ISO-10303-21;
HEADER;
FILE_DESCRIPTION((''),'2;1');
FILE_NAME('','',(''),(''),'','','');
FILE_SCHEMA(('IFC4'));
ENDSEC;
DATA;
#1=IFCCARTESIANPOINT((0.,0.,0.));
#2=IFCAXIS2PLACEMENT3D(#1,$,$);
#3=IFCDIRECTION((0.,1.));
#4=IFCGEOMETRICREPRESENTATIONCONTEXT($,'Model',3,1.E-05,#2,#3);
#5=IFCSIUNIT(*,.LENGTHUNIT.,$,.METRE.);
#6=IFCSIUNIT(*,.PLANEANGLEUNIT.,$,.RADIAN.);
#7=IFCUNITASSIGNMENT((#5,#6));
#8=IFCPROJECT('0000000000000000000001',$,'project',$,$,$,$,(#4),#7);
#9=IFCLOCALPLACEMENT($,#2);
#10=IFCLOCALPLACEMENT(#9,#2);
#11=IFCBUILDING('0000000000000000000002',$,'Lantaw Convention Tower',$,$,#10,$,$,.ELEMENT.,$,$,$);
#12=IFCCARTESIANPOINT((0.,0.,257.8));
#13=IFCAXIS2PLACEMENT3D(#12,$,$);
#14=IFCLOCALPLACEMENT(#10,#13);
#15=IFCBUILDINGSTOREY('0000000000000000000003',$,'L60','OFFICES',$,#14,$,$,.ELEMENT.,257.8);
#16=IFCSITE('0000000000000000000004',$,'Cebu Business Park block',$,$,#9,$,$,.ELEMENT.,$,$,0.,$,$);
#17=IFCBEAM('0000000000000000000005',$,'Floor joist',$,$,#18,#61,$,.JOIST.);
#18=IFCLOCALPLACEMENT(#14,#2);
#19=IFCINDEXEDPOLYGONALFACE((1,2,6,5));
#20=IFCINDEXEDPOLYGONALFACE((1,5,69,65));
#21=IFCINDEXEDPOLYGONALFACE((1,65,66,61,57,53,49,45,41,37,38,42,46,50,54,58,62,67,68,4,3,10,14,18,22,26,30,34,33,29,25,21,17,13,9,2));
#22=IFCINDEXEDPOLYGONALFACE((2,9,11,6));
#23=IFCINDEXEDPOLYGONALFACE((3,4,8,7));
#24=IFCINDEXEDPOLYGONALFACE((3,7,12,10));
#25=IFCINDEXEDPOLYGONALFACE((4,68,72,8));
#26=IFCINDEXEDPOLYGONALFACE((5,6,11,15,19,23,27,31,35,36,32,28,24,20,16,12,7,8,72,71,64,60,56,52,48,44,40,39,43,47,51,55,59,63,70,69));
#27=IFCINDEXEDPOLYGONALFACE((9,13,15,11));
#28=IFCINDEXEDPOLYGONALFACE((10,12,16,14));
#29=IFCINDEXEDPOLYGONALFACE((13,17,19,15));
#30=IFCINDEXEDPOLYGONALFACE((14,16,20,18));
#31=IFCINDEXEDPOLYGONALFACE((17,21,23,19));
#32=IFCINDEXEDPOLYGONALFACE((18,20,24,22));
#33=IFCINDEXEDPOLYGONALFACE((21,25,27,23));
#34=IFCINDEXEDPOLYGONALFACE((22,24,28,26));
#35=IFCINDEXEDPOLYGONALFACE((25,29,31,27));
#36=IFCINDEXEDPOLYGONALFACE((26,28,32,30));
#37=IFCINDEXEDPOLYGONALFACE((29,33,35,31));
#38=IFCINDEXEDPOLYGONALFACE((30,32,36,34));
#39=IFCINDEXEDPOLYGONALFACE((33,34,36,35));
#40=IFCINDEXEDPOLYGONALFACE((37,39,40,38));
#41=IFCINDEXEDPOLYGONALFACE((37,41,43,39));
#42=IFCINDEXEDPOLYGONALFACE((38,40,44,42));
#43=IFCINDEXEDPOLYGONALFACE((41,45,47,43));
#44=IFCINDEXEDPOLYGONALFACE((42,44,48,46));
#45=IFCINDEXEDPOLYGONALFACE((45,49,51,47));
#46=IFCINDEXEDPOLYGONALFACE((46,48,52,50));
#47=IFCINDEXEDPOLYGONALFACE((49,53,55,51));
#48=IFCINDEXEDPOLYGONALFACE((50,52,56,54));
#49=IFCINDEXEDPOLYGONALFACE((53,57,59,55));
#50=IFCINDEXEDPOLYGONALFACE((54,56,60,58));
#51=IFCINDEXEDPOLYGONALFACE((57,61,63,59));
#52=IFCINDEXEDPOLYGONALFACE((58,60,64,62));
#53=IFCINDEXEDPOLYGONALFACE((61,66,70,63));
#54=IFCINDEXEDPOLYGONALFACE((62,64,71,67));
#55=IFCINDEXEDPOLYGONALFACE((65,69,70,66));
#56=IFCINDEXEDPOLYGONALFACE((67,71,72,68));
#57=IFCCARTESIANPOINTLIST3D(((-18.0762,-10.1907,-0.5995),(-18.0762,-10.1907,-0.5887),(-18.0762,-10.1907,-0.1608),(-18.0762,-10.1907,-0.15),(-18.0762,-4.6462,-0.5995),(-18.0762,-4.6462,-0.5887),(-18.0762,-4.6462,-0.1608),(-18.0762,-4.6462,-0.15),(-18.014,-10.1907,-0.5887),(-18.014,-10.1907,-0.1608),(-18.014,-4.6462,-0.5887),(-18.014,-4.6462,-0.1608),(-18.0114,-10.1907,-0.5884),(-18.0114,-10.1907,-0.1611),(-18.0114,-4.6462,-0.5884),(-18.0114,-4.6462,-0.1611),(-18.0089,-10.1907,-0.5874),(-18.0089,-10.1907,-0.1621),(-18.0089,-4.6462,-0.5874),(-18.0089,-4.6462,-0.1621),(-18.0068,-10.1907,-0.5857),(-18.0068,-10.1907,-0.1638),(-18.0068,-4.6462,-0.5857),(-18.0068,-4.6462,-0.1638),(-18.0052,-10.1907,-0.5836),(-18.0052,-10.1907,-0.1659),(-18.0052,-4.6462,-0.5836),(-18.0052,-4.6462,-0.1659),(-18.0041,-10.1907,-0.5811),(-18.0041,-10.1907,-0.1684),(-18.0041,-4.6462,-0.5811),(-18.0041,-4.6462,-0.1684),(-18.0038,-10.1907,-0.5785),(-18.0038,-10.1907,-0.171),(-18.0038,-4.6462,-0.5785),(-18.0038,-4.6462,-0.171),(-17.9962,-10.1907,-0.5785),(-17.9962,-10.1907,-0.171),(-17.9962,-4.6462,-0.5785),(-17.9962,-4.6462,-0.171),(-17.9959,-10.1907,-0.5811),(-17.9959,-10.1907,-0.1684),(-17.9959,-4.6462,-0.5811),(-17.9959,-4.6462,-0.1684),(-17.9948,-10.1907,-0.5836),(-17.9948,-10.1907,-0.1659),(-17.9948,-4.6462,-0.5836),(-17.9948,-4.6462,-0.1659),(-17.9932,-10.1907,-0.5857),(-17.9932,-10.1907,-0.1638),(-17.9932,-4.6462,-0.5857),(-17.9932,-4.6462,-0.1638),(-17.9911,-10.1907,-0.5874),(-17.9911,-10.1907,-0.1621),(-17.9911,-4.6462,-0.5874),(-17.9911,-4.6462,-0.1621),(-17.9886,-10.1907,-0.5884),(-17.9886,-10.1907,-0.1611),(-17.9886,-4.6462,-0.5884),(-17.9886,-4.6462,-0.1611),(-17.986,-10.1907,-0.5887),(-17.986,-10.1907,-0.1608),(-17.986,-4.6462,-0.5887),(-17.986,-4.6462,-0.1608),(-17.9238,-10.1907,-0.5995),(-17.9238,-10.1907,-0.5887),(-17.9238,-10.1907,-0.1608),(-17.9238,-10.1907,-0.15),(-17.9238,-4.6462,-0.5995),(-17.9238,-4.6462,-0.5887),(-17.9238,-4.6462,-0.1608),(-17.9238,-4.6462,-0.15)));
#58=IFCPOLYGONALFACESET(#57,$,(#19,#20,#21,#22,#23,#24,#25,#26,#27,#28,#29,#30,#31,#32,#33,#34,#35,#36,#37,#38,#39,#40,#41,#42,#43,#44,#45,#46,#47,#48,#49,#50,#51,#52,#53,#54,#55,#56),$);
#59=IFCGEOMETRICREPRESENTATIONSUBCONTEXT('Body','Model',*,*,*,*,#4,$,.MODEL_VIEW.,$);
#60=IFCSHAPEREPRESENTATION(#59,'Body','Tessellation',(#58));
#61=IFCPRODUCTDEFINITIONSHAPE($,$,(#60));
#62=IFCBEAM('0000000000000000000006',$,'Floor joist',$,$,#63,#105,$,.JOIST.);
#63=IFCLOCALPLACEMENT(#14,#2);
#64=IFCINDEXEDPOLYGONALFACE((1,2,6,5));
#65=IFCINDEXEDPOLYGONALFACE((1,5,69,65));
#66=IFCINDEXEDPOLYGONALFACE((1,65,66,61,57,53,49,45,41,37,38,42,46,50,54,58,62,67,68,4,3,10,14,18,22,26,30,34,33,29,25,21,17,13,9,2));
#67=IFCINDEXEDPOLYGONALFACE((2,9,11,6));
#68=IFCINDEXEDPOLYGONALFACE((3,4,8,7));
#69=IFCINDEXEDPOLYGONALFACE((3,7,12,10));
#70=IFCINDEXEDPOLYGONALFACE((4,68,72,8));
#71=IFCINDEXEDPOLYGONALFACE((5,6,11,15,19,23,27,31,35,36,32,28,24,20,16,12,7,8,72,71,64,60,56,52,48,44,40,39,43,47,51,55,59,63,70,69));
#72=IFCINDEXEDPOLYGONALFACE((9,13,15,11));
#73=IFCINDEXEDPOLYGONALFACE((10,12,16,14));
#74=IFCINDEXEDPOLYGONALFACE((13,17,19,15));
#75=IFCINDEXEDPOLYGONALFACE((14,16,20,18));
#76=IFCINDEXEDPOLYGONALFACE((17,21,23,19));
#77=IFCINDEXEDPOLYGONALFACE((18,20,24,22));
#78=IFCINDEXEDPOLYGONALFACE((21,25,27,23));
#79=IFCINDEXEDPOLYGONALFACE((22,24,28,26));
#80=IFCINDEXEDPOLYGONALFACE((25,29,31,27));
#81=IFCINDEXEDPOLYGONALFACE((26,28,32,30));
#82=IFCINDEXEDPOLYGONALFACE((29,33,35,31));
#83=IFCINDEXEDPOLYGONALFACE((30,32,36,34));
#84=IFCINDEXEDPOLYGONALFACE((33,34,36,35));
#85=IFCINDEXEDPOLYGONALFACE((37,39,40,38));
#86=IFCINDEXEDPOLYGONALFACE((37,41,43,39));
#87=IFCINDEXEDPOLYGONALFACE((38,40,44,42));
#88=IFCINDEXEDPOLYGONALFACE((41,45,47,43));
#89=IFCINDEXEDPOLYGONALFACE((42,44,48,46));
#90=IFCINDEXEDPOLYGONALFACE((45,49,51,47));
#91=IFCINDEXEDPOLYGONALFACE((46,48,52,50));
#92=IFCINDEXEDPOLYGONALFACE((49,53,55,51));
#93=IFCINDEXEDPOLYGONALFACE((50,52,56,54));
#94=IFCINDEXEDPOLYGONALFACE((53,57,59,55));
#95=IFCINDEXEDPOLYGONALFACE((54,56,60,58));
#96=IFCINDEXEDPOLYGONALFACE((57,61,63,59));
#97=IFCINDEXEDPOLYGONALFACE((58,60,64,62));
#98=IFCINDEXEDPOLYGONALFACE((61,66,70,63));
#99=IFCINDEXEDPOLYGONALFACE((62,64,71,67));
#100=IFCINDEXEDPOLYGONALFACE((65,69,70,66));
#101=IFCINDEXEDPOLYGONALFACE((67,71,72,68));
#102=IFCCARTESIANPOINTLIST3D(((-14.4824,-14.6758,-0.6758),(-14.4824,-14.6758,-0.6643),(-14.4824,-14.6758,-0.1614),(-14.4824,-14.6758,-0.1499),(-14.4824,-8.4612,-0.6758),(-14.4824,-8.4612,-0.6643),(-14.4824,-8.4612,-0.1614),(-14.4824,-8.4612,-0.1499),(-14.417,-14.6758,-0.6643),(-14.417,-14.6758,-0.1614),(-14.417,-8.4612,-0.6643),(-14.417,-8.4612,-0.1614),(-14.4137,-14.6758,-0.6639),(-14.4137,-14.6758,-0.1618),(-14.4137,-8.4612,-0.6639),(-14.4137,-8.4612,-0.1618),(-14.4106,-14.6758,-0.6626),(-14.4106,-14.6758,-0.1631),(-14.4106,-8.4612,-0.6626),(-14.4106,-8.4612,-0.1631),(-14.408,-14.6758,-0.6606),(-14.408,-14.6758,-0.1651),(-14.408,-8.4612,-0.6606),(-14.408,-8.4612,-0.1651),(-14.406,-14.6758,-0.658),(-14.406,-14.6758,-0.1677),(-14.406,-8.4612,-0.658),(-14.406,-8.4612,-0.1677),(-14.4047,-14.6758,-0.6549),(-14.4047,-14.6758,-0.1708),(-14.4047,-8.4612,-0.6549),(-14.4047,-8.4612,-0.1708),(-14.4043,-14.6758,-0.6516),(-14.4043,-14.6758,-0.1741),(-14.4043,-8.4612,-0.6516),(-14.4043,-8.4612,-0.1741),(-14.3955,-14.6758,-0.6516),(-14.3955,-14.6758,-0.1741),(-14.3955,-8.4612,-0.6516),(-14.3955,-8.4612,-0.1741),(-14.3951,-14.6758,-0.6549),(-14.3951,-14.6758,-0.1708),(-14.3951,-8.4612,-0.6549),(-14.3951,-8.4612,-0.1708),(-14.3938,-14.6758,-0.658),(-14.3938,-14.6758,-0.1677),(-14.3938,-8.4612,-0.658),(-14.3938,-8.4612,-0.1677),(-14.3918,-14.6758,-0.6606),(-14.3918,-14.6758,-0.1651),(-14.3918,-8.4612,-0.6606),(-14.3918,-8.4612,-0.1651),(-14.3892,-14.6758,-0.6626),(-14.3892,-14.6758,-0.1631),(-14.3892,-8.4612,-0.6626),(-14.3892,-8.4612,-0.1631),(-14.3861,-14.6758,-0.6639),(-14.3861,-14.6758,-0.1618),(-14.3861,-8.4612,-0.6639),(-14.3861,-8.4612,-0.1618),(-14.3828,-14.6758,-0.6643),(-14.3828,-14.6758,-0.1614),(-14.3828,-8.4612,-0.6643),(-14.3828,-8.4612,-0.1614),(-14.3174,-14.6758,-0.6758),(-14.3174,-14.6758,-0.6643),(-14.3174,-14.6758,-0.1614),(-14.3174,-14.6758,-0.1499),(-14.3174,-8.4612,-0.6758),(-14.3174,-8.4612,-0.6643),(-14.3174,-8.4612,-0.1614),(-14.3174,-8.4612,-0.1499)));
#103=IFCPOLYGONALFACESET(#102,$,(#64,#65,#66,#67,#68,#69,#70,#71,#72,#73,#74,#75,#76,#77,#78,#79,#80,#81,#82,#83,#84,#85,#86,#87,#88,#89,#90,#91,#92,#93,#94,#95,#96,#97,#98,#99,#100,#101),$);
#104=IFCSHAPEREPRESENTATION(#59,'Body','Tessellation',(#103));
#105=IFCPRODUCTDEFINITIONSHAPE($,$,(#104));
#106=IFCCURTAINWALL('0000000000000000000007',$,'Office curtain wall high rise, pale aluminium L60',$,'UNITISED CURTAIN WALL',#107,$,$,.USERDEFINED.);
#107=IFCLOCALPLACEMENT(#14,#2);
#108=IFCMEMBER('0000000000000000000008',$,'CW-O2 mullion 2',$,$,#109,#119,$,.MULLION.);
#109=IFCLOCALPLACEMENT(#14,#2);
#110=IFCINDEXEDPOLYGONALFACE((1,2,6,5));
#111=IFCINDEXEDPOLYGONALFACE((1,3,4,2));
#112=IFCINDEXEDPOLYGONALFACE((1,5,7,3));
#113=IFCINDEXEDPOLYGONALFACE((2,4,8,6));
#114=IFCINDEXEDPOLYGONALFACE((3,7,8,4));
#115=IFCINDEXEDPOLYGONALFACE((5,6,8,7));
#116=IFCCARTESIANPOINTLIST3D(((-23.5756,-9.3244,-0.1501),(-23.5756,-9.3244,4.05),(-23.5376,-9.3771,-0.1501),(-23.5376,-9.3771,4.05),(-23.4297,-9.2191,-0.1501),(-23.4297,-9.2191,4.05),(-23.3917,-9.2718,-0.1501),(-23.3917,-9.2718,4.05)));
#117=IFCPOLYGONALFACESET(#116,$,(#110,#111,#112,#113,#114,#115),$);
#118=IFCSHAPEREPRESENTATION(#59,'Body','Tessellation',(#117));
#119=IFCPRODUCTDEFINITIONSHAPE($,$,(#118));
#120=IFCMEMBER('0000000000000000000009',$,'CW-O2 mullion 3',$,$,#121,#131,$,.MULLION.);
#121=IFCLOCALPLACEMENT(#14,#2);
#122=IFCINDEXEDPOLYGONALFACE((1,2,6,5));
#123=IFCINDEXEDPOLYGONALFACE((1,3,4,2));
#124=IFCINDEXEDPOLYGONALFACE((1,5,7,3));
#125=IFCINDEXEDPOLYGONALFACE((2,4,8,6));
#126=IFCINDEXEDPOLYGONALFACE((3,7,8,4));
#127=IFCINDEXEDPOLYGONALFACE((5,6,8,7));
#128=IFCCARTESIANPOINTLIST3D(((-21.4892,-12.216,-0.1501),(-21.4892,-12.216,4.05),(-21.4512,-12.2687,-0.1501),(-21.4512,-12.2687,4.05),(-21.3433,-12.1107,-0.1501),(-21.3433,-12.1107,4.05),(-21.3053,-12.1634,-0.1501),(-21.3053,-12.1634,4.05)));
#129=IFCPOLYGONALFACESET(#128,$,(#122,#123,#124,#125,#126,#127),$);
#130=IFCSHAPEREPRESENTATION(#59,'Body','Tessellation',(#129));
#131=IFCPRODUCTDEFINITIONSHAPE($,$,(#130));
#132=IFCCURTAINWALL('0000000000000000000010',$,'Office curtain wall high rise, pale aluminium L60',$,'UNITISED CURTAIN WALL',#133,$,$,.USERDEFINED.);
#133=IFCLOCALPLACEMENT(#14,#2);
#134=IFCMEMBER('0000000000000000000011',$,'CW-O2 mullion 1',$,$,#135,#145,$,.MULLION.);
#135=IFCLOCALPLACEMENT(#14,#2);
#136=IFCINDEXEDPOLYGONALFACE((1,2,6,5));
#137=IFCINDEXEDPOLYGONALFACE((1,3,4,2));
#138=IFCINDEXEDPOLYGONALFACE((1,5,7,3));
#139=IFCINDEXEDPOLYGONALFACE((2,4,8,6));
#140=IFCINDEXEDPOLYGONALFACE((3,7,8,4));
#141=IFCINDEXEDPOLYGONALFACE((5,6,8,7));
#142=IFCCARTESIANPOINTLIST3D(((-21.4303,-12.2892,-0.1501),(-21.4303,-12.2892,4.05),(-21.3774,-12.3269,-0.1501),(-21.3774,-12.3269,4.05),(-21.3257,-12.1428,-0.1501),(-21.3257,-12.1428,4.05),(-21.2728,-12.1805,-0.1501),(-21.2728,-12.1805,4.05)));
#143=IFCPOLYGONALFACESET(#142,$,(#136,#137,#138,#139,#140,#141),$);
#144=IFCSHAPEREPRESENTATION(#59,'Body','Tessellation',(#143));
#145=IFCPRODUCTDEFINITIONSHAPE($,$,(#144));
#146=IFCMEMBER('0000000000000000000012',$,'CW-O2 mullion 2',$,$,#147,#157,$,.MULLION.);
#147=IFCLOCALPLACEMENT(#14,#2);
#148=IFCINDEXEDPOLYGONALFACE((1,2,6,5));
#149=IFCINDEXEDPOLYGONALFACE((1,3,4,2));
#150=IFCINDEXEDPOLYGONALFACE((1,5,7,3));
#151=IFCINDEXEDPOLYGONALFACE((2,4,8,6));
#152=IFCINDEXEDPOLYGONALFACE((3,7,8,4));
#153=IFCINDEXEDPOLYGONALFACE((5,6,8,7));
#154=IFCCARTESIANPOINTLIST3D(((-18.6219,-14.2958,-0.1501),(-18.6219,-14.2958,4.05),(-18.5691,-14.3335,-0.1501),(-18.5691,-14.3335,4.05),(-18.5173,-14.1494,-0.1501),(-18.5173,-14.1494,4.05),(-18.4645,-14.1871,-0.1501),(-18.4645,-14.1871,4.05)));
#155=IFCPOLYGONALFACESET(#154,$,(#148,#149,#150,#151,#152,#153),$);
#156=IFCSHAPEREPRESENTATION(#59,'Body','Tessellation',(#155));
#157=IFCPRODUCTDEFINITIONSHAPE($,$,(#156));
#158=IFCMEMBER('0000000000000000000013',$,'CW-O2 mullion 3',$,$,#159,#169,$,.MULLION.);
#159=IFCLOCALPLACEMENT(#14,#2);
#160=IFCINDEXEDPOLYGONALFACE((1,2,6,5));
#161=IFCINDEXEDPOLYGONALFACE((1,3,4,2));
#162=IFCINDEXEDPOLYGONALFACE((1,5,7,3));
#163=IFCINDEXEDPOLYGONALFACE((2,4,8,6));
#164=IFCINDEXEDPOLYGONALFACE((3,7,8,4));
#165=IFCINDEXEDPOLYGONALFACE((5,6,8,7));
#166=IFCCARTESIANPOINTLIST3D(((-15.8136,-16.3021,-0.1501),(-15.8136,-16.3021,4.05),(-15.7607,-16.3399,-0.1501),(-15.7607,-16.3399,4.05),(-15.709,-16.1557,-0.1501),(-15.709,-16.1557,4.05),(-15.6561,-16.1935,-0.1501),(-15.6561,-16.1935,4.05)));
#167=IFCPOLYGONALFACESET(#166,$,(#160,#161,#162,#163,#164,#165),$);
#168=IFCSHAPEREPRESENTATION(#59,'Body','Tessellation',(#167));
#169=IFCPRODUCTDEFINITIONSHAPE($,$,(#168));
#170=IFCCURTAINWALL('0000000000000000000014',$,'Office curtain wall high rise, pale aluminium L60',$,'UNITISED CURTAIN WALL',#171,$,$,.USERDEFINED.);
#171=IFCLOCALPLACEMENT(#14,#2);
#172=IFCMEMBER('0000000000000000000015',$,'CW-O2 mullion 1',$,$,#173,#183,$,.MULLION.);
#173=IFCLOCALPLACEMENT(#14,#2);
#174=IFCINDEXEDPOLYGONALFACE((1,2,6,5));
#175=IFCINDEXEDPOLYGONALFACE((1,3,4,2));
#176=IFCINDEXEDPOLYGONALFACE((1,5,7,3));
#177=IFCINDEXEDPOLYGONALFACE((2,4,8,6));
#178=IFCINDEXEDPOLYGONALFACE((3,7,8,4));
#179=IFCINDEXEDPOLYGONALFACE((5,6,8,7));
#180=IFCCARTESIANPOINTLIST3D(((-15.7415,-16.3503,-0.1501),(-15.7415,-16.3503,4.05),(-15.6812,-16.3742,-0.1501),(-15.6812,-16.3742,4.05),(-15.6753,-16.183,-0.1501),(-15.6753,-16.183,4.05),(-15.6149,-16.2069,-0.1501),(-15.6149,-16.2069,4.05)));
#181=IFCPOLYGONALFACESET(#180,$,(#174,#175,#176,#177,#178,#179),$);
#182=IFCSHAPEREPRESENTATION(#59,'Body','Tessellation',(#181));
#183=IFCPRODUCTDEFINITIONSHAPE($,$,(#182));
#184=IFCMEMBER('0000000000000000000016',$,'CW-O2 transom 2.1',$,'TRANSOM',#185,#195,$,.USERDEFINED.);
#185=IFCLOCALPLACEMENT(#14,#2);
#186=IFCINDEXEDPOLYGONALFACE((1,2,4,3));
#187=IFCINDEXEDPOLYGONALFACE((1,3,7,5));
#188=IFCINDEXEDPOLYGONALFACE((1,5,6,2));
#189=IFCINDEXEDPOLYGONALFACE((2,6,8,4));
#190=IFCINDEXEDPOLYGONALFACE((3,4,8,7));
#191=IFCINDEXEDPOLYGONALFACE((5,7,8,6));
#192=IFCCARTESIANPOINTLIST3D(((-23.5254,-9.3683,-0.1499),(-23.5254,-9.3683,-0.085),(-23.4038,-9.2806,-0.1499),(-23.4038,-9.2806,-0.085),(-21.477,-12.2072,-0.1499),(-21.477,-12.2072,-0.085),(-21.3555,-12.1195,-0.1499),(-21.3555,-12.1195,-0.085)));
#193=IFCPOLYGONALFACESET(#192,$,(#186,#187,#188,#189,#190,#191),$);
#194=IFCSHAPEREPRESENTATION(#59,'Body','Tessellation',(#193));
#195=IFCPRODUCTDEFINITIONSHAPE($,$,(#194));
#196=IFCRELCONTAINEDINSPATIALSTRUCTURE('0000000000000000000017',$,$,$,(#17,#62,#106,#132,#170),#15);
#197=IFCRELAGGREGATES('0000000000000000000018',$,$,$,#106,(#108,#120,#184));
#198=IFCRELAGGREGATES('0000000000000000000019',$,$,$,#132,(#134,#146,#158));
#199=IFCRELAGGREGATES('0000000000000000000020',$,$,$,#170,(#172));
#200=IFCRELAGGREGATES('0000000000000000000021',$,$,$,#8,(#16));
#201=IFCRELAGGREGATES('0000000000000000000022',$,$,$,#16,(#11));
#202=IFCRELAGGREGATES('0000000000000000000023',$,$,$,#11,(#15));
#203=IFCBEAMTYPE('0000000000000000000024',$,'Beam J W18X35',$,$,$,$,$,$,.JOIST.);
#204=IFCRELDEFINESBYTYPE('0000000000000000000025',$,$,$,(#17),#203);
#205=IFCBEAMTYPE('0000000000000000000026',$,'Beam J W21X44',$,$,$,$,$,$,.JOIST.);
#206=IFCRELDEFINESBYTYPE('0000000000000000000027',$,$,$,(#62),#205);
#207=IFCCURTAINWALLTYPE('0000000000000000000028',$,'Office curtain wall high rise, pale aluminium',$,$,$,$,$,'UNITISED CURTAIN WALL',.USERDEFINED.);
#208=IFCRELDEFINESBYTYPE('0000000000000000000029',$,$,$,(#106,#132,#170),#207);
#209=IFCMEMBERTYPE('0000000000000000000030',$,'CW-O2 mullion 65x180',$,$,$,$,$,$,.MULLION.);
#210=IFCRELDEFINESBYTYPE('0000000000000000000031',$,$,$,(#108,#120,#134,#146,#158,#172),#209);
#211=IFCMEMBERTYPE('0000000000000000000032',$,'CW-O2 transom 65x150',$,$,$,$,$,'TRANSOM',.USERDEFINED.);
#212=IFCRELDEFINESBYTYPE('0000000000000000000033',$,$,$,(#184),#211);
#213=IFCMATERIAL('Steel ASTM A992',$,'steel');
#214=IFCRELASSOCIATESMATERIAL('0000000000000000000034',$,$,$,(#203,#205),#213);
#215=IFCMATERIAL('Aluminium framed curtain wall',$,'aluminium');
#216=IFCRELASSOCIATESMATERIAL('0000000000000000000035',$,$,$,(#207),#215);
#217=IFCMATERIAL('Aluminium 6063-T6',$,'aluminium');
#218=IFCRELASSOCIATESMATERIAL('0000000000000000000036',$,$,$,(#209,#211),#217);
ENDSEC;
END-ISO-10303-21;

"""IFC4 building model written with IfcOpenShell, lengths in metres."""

from ifc_helpers import new_model, si_unit, direction, frame, origin, origin_2d, place, context, subcontext, project, spatial, rectangle, i_section, extrude, material, material_profile, profile_set, type_object, element, aggregate, save


model = new_model("IFC4")

# Units and contexts
model_context = context("Model", 3, precision=1e-05, world=origin(), true_north=direction((0.0, 1.0)))
body_context = subcontext(model_context, "Body", "Model", "MODEL_VIEW")
ifc_project = project(units=[si_unit("LENGTHUNIT", "METRE"), si_unit("PLANEANGLEUNIT", "RADIAN")], contexts=[model_context])

# Site, building, storey
site_placement = place(None, origin())
site = spatial("IfcSite", under=ifc_project, at=site_placement, Name="Cebu Business Park block", CompositionType="ELEMENT", RefElevation=0.0)
building_placement = place(site_placement, origin())
building = spatial("IfcBuilding", under=site, at=building_placement, Name="Lantaw Convention Tower", CompositionType="ELEMENT")
storey_placement = place(building_placement, frame((0.0, 0.0, 257.8)))
storey = spatial("IfcBuildingStorey", under=building, at=storey_placement, Name="L60", Description="OFFICES", CompositionType="ELEMENT", Elevation=257.8)

# Beams
ifc_material_1 = material(Name="Steel ASTM A992", Category="steel")
ifc_material_profile_1 = material_profile(ifc_material_1, i_section(OverallWidth=0.1523, OverallDepth=0.4495, WebThickness=0.0076, FlangeThickness=0.0107, FilletRadius=0.0103, at=origin_2d()), Name="W18X35")
ifc_profile_set_1 = profile_set([ifc_material_profile_1], Name="Steel ASTM A992")
beam_type_1 = type_object("IfcBeamType", Name="Beam J W18X35", PredefinedType="JOIST", material=ifc_profile_set_1)
beam_1_placement = place(storey_placement, frame((-18.0, -10.1907, -0.3748), z_axis=(0.0, 1.0, 0.0), x_axis=(-1.0, 0.0, 0.0)))
element("IfcBeam", 1, at=beam_1_placement, inside=storey, type_object=beam_type_1, Name="Floor joist", PredefinedType="JOIST", context=body_context, shape_type="SweptSolid", body=[
    extrude(i_section(OverallWidth=0.1523, OverallDepth=0.4495, WebThickness=0.0076, FlangeThickness=0.0107, FilletRadius=0.0103, at=origin_2d()), origin(), (0.0, 0.0, 1.0), 5.5444),
])
ifc_material_profile_2 = material_profile(ifc_material_1, i_section(OverallWidth=0.165, OverallDepth=0.5259, WebThickness=0.0088, FlangeThickness=0.0115, FilletRadius=0.0127, at=origin_2d()), Name="W21X44")
ifc_profile_set_2 = profile_set([ifc_material_profile_2], Name="Steel ASTM A992")
beam_type_2 = type_object("IfcBeamType", Name="Beam J W21X44", PredefinedType="JOIST", material=ifc_profile_set_2)
beam_2_placement = place(storey_placement, frame((-14.3999, -14.6758, -0.4128), z_axis=(0.0, 1.0, 0.0), x_axis=(-1.0, 0.0, 0.0)))
element("IfcBeam", 2, at=beam_2_placement, inside=storey, type_object=beam_type_2, Name="Floor joist", PredefinedType="JOIST", context=body_context, shape_type="SweptSolid", body=[
    extrude(i_section(OverallWidth=0.165, OverallDepth=0.5259, WebThickness=0.0088, FlangeThickness=0.0115, FilletRadius=0.0127, at=origin_2d()), origin(), (0.0, 0.0, 1.0), 6.2146),
])

# Curtain walls, members
ifc_material_2 = material(Name="Aluminium framed curtain wall", Category="aluminium")
curtain_wall_type = type_object("IfcCurtainWallType", Name="Office curtain wall high rise, pale aluminium", ElementType="UNITISED CURTAIN WALL", PredefinedType="USERDEFINED", material=ifc_material_2)
curtain_wall_1_placement = place(storey_placement, origin())
curtain_wall_1 = element("IfcCurtainWall", 3, at=curtain_wall_1_placement, inside=storey, type_object=curtain_wall_type, Name="Office curtain wall high rise, pale aluminium L60", ObjectType="UNITISED CURTAIN WALL", PredefinedType="USERDEFINED")
ifc_material_3 = material(Name="Aluminium 6063-T6", Category="aluminium")
ifc_material_profile_3 = material_profile(ifc_material_3, rectangle(XDim=0.1799, YDim=0.0649, at=origin_2d()), Name="CW-O2 mullion 65x180")
ifc_profile_set_3 = profile_set([ifc_material_profile_3], Name="Aluminium 6063-T6")
member_type_1 = type_object("IfcMemberType", Name="CW-O2 mullion 65x180", PredefinedType="MULLION", material=ifc_profile_set_3)
member_1_placement = place(storey_placement, frame((-23.4836, -9.2981, -0.1501), z_axis=(0.0, 0.0, 1.0), x_axis=(0.81092, 0.585158, 0.0)))
member_1 = element("IfcMember", 4, at=member_1_placement, type_object=member_type_1, Name="CW-O2 mullion 2", PredefinedType="MULLION", context=body_context, shape_type="SweptSolid", body=[
    extrude(rectangle(XDim=0.1799, YDim=0.0649, at=origin_2d()), origin(), (0.0, 0.0, 1.0), 4.2002),
])
member_2_placement = place(storey_placement, frame((-21.3972, -12.1897, -0.1501), z_axis=(0.0, 0.0, 1.0), x_axis=(0.81092, 0.585158, 0.0)))
member_2 = element("IfcMember", 5, at=member_2_placement, type_object=member_type_1, Name="CW-O2 mullion 3", PredefinedType="MULLION", context=body_context, shape_type="SweptSolid", body=[
    extrude(rectangle(XDim=0.1799, YDim=0.0649, at=origin_2d()), origin(), (0.0, 0.0, 1.0), 4.2002),
])
curtain_wall_2_placement = place(storey_placement, origin())
curtain_wall_2 = element("IfcCurtainWall", 6, at=curtain_wall_2_placement, inside=storey, type_object=curtain_wall_type, Name="Office curtain wall high rise, pale aluminium L60", ObjectType="UNITISED CURTAIN WALL", PredefinedType="USERDEFINED")
member_3_placement = place(storey_placement, frame((-21.3516, -12.2349, -0.1501), z_axis=(0.0, 0.0, 1.0), x_axis=(0.581323, 0.813673, 0.0)))
member_3 = element("IfcMember", 7, at=member_3_placement, type_object=member_type_1, Name="CW-O2 mullion 1", PredefinedType="MULLION", context=body_context, shape_type="SweptSolid", body=[
    extrude(rectangle(XDim=0.1799, YDim=0.0649, at=origin_2d()), origin(), (0.0, 0.0, 1.0), 4.2002),
])
member_4_placement = place(storey_placement, frame((-18.5432, -14.2415, -0.1501), z_axis=(0.0, 0.0, 1.0), x_axis=(0.581323, 0.813673, 0.0)))
member_4 = element("IfcMember", 8, at=member_4_placement, type_object=member_type_1, Name="CW-O2 mullion 2", PredefinedType="MULLION", context=body_context, shape_type="SweptSolid", body=[
    extrude(rectangle(XDim=0.1799, YDim=0.0649, at=origin_2d()), origin(), (0.0, 0.0, 1.0), 4.2002),
])
member_5_placement = place(storey_placement, frame((-15.7349, -16.2478, -0.1501), z_axis=(0.0, 0.0, 1.0), x_axis=(0.581323, 0.813673, 0.0)))
member_5 = element("IfcMember", 9, at=member_5_placement, type_object=member_type_1, Name="CW-O2 mullion 3", PredefinedType="MULLION", context=body_context, shape_type="SweptSolid", body=[
    extrude(rectangle(XDim=0.1799, YDim=0.0649, at=origin_2d()), origin(), (0.0, 0.0, 1.0), 4.2002),
])

# Curtain wall, member
curtain_wall_3_placement = place(storey_placement, origin())
curtain_wall_3 = element("IfcCurtainWall", 10, at=curtain_wall_3_placement, inside=storey, type_object=curtain_wall_type, Name="Office curtain wall high rise, pale aluminium L60", ObjectType="UNITISED CURTAIN WALL", PredefinedType="USERDEFINED")
member_6_placement = place(storey_placement, frame((-15.6782, -16.2786, -0.1501), z_axis=(0.0, 0.0, 1.0), x_axis=(0.368162, 0.929762, 0.0)))
member_6 = element("IfcMember", 11, at=member_6_placement, type_object=member_type_1, Name="CW-O2 mullion 1", PredefinedType="MULLION", context=body_context, shape_type="SweptSolid", body=[
    extrude(rectangle(XDim=0.1799, YDim=0.0649, at=origin_2d()), origin(), (0.0, 0.0, 1.0), 4.2002),
])

# Member
ifc_material_profile_4 = material_profile(ifc_material_3, rectangle(XDim=0.1499, YDim=0.0649, at=origin_2d()), Name="CW-O2 transom 65x150")
ifc_profile_set_4 = profile_set([ifc_material_profile_4], Name="Aluminium 6063-T6")
member_type_2 = type_object("IfcMemberType", Name="CW-O2 transom 65x150", ElementType="TRANSOM", PredefinedType="USERDEFINED", material=ifc_profile_set_4)
member_7_placement = place(storey_placement, frame((-23.4646, -9.3245, -0.1174), z_axis=(0.585124, -0.810944, 0.0), x_axis=(0.810944, 0.585124, 0.0)))
member_7 = element("IfcMember", 12, at=member_7_placement, type_object=member_type_2, Name="CW-O2 transom 2.1", ObjectType="TRANSOM", PredefinedType="USERDEFINED", context=body_context, shape_type="SweptSolid", body=[
    extrude(rectangle(XDim=0.1499, YDim=0.0649, at=origin_2d()), origin(), (0.0, 0.0, 1.0), 3.5007),
])

aggregate(curtain_wall_1, [member_1, member_2, member_7])
aggregate(curtain_wall_2, [member_3, member_4, member_5])
aggregate(curtain_wall_3, [member_6])

save(model, "model.ifc")
